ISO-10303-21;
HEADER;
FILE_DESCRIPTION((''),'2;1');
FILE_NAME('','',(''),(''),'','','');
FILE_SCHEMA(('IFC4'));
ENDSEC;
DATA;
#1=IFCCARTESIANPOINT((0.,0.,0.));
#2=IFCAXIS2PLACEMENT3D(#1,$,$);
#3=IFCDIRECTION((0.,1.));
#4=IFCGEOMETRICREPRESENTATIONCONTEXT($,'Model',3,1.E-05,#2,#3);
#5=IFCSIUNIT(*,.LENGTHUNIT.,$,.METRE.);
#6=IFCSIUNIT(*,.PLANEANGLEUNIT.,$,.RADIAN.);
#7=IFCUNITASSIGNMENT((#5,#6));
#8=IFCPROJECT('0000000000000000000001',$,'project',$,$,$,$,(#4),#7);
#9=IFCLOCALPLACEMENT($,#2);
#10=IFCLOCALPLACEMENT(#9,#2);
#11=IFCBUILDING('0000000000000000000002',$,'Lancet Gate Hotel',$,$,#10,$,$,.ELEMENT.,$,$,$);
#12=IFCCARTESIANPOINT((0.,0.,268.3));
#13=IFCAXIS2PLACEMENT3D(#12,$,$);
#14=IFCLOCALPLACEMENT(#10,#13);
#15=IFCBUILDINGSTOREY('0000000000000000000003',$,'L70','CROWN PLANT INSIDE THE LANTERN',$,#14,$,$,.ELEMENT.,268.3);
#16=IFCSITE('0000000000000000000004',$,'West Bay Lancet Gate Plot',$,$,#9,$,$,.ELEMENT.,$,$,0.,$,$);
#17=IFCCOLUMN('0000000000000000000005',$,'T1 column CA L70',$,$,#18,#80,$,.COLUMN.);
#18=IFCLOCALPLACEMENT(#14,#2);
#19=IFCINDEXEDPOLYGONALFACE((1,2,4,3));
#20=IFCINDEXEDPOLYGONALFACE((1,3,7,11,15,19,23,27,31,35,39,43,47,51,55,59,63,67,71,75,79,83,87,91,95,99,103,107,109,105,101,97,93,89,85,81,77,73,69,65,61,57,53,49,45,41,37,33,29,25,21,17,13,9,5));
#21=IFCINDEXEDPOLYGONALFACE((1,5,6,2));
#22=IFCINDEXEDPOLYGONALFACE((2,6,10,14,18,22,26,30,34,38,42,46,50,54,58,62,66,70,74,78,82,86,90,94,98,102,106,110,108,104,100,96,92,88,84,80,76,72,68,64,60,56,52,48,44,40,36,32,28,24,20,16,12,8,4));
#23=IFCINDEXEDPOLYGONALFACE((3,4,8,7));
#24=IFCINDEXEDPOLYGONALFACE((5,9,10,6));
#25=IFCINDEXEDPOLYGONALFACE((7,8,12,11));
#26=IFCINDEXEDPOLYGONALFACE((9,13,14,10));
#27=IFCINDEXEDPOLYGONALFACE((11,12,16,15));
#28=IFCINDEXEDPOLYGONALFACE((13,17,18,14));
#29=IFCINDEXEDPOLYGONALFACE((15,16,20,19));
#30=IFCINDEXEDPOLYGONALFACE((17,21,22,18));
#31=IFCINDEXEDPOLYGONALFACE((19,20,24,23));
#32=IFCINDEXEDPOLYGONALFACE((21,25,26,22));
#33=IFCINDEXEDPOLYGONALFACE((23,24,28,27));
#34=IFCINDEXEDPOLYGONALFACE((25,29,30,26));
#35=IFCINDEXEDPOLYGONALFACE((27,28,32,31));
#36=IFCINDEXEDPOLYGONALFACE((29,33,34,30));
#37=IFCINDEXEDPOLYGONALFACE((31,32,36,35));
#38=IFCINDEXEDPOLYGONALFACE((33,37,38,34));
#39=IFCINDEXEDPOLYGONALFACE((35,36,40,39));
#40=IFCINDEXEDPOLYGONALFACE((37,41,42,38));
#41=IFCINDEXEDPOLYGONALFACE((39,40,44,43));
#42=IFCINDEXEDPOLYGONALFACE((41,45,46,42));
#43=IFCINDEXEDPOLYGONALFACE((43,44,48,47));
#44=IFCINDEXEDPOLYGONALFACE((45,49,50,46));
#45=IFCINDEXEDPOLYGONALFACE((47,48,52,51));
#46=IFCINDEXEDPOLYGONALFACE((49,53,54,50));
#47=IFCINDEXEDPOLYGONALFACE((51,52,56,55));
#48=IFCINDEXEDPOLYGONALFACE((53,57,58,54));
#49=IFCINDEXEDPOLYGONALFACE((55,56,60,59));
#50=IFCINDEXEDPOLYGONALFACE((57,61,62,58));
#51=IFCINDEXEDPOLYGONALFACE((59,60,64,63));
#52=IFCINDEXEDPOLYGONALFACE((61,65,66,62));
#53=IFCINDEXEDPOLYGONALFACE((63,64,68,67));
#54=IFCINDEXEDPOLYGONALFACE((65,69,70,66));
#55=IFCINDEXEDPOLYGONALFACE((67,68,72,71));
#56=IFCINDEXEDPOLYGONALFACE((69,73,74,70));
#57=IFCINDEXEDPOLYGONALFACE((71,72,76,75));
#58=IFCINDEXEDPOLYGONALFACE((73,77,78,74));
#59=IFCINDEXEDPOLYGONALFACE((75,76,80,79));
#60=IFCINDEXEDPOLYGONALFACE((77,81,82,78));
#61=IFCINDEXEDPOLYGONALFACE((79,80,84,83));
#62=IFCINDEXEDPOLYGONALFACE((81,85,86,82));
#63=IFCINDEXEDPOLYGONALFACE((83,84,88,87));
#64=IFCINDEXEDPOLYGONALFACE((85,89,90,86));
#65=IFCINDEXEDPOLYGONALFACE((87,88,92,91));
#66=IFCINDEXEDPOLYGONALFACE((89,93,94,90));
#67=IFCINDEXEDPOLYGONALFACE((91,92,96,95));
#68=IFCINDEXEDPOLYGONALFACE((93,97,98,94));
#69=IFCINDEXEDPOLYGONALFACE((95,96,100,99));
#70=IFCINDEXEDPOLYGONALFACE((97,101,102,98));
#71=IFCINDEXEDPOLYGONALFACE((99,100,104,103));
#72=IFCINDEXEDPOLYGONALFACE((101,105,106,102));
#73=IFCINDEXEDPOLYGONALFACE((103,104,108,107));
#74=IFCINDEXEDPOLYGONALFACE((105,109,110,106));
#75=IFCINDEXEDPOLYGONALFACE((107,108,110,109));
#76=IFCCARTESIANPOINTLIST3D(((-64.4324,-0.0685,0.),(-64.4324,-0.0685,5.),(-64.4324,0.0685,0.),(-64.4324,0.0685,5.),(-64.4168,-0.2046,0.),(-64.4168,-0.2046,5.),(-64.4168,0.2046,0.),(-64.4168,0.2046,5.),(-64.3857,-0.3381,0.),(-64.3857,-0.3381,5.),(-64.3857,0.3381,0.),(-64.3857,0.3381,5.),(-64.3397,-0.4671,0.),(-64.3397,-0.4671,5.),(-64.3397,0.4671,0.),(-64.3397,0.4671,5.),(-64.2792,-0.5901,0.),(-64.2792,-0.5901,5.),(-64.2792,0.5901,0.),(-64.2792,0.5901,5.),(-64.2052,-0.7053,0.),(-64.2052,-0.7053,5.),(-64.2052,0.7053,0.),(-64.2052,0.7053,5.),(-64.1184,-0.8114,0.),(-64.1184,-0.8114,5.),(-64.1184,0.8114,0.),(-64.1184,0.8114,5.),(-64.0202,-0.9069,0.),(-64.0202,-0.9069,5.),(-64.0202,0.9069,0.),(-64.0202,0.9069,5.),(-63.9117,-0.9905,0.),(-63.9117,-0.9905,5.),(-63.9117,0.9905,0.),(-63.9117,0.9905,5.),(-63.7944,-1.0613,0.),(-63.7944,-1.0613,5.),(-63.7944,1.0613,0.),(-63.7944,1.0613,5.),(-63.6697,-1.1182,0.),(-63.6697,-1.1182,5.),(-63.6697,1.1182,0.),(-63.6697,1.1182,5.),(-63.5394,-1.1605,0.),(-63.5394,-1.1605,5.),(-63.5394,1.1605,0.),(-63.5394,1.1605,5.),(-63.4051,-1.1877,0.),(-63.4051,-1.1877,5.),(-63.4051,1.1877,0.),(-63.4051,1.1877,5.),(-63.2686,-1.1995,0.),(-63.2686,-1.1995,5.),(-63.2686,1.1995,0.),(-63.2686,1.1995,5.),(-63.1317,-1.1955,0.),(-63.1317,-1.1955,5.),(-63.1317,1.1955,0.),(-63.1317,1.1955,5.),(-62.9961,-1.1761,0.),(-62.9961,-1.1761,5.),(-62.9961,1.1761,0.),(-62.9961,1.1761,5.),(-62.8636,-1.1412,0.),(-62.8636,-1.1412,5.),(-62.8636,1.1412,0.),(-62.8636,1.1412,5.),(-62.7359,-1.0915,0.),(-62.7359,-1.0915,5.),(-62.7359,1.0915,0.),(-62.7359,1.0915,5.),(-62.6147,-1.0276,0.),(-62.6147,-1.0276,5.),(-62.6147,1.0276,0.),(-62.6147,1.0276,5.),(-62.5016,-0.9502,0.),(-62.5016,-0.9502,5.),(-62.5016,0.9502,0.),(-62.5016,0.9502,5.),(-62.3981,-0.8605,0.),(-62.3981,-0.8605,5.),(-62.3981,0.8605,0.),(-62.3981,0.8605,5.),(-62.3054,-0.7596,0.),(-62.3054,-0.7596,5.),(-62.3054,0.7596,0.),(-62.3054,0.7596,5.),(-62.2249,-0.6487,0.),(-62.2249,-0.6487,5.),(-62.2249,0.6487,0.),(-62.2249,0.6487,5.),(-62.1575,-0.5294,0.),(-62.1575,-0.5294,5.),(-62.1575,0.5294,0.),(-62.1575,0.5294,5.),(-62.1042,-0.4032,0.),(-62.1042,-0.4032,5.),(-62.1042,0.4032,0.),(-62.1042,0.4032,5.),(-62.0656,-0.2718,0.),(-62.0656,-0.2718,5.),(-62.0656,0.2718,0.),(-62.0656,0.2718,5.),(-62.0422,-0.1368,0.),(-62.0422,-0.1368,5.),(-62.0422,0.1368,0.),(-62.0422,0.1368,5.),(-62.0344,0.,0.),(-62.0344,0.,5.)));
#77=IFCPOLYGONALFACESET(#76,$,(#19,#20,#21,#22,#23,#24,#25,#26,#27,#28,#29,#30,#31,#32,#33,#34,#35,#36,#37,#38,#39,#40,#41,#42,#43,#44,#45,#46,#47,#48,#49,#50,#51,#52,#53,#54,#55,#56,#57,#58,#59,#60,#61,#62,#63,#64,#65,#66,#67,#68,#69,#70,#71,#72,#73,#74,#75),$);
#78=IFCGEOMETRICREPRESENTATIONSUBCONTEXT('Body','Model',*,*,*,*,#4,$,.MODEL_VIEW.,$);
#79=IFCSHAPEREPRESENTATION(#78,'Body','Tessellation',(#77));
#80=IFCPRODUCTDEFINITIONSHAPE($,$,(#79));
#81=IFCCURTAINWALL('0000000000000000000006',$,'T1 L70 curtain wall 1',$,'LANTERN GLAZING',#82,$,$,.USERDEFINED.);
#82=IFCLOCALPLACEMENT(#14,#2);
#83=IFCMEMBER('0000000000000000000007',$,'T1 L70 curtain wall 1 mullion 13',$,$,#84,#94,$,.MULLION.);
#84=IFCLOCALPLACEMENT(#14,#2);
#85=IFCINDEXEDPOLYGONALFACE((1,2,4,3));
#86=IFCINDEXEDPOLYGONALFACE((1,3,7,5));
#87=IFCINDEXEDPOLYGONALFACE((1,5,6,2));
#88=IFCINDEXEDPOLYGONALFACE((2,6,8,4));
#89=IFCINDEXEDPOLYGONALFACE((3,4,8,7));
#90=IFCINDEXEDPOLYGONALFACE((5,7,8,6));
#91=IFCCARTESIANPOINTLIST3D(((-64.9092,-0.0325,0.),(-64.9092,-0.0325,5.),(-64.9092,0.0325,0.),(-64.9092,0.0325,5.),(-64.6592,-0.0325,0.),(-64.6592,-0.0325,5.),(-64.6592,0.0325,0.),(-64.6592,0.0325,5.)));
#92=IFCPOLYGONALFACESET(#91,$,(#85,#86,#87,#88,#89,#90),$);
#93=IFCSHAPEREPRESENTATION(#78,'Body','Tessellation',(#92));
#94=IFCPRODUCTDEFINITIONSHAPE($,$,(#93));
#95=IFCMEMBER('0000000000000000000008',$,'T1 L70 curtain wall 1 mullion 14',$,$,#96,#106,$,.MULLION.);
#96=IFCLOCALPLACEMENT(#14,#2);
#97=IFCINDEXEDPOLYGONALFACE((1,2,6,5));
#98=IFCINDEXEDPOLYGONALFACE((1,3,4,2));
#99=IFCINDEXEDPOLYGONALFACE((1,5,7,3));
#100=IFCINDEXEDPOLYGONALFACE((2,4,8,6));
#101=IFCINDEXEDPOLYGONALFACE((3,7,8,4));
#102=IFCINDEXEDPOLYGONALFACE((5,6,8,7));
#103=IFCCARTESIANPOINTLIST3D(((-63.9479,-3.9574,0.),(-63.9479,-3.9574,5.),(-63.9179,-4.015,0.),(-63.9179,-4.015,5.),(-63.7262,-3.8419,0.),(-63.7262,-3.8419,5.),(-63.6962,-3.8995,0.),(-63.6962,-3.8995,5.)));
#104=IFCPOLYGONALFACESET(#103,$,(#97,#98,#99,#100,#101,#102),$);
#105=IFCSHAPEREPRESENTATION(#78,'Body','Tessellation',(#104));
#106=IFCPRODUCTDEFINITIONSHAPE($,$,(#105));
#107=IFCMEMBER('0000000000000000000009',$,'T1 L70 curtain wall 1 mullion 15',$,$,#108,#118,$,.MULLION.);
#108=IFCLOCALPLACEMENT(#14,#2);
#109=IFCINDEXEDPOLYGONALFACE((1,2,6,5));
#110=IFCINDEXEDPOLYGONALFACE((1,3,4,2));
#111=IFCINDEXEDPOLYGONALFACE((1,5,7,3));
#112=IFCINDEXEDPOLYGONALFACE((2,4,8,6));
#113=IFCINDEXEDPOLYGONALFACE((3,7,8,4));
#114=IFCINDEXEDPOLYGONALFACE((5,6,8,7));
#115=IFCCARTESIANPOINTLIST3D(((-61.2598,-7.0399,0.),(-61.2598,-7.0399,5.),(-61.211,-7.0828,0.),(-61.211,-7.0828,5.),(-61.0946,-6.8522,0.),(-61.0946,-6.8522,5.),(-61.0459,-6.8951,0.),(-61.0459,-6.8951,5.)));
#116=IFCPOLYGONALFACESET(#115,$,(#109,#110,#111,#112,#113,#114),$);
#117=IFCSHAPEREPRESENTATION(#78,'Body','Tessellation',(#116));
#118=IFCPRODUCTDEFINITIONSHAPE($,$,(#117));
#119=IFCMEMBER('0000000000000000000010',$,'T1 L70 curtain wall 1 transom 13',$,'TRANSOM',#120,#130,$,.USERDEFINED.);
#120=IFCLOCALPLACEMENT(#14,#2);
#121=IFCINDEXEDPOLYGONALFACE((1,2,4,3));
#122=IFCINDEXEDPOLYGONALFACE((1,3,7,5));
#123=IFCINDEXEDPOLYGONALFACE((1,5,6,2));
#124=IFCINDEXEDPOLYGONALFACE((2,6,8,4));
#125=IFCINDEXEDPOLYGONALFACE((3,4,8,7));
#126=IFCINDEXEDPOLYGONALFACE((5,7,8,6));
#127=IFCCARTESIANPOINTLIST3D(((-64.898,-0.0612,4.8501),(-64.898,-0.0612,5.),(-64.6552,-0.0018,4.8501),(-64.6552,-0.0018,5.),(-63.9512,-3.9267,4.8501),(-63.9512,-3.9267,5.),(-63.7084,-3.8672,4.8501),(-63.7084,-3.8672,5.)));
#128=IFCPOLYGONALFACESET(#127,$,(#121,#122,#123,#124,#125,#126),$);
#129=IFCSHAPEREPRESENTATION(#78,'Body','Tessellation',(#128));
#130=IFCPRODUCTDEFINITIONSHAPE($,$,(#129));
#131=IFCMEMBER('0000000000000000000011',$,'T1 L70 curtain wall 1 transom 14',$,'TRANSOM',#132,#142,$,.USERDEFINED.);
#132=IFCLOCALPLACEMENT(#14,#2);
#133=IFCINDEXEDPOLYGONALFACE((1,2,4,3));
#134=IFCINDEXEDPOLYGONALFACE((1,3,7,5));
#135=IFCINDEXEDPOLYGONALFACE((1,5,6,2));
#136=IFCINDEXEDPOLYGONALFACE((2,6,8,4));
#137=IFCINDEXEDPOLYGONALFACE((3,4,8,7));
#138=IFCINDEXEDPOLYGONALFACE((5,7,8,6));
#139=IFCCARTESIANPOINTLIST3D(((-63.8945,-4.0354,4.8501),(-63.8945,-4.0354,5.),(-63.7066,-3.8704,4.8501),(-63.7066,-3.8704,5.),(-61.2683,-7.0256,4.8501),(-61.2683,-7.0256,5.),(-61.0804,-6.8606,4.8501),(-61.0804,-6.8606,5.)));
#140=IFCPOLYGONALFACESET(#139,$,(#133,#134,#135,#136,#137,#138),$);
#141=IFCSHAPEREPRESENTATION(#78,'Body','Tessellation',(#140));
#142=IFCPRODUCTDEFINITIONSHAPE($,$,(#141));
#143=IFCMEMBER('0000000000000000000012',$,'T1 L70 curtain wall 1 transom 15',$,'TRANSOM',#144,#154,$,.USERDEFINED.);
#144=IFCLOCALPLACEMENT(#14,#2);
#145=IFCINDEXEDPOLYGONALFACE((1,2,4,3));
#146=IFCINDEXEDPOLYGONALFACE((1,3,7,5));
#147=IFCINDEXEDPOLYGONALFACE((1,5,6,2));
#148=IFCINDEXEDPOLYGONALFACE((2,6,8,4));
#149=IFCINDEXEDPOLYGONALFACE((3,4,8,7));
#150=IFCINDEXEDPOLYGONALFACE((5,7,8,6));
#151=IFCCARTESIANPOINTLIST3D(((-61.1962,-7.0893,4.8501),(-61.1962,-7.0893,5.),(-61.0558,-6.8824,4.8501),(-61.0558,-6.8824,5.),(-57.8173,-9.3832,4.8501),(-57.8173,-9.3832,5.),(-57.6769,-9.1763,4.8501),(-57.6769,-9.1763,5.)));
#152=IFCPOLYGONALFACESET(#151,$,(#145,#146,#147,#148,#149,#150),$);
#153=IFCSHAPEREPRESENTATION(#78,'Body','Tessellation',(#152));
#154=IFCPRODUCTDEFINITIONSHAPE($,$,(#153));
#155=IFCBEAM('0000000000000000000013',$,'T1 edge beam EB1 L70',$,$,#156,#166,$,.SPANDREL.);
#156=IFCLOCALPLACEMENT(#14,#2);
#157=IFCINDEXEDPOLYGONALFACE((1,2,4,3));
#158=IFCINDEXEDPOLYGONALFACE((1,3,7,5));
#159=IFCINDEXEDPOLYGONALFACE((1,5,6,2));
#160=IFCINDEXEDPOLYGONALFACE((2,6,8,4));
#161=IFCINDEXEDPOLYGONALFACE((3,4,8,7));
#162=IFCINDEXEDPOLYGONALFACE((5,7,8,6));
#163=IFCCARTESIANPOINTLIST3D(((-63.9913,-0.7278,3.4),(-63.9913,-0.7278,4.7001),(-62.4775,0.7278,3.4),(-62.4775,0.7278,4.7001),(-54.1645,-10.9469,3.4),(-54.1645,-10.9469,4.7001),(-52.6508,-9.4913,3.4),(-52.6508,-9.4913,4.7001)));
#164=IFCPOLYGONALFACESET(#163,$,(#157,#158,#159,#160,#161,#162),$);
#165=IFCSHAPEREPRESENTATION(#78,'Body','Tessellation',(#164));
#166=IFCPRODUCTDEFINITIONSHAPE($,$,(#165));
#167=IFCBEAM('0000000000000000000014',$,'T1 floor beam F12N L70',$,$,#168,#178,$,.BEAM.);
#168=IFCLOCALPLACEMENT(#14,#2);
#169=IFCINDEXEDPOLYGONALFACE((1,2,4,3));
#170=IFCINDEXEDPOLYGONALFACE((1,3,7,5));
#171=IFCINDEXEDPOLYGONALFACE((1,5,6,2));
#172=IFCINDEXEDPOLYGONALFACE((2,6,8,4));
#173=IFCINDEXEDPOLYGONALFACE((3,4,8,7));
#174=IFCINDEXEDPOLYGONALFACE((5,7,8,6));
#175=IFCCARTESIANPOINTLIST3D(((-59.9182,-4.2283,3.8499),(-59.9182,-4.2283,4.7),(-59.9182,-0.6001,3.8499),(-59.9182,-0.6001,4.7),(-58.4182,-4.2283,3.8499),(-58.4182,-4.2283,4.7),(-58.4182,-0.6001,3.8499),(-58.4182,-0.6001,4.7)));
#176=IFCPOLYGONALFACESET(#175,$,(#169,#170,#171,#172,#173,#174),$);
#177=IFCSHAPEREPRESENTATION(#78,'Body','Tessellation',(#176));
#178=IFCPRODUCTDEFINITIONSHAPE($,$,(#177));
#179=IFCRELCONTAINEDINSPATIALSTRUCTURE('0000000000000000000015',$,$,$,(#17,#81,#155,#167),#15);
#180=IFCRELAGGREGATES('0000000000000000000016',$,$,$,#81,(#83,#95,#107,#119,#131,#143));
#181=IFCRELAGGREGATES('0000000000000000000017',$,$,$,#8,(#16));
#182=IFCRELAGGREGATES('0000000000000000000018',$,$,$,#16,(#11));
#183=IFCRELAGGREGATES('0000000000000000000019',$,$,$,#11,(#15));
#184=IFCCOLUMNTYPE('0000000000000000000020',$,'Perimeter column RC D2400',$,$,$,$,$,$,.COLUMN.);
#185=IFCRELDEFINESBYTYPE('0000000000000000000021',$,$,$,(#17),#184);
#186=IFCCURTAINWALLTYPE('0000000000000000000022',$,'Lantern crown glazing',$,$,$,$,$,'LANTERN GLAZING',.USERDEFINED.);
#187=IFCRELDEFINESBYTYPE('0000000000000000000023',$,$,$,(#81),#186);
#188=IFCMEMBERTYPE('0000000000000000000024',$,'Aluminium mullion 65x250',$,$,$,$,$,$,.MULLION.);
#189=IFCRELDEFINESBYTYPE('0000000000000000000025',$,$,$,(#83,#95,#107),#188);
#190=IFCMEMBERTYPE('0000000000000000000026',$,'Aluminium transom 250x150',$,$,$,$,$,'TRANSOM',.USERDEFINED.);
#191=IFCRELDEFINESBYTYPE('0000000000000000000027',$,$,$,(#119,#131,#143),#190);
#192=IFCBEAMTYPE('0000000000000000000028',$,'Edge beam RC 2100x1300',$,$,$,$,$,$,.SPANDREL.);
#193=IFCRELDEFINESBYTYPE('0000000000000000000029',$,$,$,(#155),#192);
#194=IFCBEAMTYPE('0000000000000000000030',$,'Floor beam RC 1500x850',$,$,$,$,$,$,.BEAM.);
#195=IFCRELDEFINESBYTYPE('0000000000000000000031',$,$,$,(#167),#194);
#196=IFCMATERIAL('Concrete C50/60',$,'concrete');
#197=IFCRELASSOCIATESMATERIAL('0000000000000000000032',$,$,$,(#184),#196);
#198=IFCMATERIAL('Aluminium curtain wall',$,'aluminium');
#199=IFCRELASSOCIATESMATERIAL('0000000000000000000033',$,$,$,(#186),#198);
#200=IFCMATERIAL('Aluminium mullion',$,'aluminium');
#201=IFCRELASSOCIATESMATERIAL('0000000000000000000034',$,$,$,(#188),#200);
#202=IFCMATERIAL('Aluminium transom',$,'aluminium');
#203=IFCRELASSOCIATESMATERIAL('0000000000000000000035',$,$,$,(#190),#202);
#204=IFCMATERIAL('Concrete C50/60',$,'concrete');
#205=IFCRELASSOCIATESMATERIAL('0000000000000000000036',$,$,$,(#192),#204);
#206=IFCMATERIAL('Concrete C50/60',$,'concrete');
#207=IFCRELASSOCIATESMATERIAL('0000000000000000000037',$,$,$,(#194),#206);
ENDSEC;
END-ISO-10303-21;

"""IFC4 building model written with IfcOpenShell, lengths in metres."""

from ifc_helpers import new_model, si_unit, direction, frame, origin, origin_2d, place, context, subcontext, project, spatial, rectangle, circle, extrude, material, material_profile, profile_set, type_object, element, aggregate, save


model = new_model("IFC4")

# Units and contexts
model_context = context("Model", 3, precision=1e-05, world=origin(), true_north=direction((0.0, 1.0)))
body_context = subcontext(model_context, "Body", "Model", "MODEL_VIEW")
ifc_project = project(units=[si_unit("LENGTHUNIT", "METRE"), si_unit("PLANEANGLEUNIT", "RADIAN")], contexts=[model_context])

# Site, building, storey
site_placement = place(None, origin())
site = spatial("IfcSite", under=ifc_project, at=site_placement, Name="West Bay Lancet Gate Plot", CompositionType="ELEMENT", RefElevation=0.0)
building_placement = place(site_placement, origin())
building = spatial("IfcBuilding", under=site, at=building_placement, Name="Lancet Gate Hotel", CompositionType="ELEMENT")
storey_placement = place(building_placement, frame((0.0, 0.0, 268.3)))
storey = spatial("IfcBuildingStorey", under=building, at=storey_placement, Name="L70", Description="CROWN PLANT INSIDE THE LANTERN", CompositionType="ELEMENT", Elevation=268.3)

# Column
ifc_material_1 = material(Name="Concrete C50/60", Category="concrete")
ifc_material_profile_1 = material_profile(ifc_material_1, circle(Radius=1.2, at=origin_2d()), Name="RC D2400")
ifc_profile_set_1 = profile_set([ifc_material_profile_1], Name="Concrete C50/60")
column_type = type_object("IfcColumnType", Name="Perimeter column RC D2400", PredefinedType="COLUMN", material=ifc_profile_set_1)
column_placement = place(storey_placement, frame((-63.2344, 0.0, 0.0), z_axis=(0.0, 0.0, 1.0), x_axis=(1.0, 0.0, 0.0)))
element("IfcColumn", 1, at=column_placement, inside=storey, type_object=column_type, Name="T1 column CA L70", PredefinedType="COLUMN", context=body_context, shape_type="SweptSolid", body=[
    extrude(circle(Radius=1.2, at=origin_2d()), origin(), (0.0, 0.0, 1.0), 5.0),
])

# Curtain wall, members
ifc_material_2 = material(Name="Aluminium curtain wall", Category="aluminium")
curtain_wall_type_1 = type_object("IfcCurtainWallType", Name="Lantern crown glazing", ElementType="LANTERN GLAZING", PredefinedType="USERDEFINED", material=ifc_material_2)
curtain_wall_1_placement = place(storey_placement, origin())
curtain_wall_1 = element("IfcCurtainWall", 2, at=curtain_wall_1_placement, inside=storey, type_object=curtain_wall_type_1, Name="T1 L70 curtain wall 1", ObjectType="LANTERN GLAZING", PredefinedType="USERDEFINED")
ifc_material_3 = material(Name="Aluminium mullion", Category="aluminium")
ifc_material_profile_2 = material_profile(ifc_material_3, rectangle(XDim=0.0649, YDim=0.25, at=origin_2d()), Name="MULLION 65x250")
ifc_profile_set_2 = profile_set([ifc_material_profile_2], Name="Aluminium mullion")
member_type_1 = type_object("IfcMemberType", Name="Aluminium mullion 65x250", PredefinedType="MULLION", material=ifc_profile_set_2)
member_1_placement = place(storey_placement, frame((-64.7842, 0.0, 0.0), z_axis=(0.0, 0.0, 1.0), x_axis=(0.0, -1.0, 0.0)))
member_1 = element("IfcMember", 3, at=member_1_placement, type_object=member_type_1, Name="T1 L70 curtain wall 1 mullion 13", PredefinedType="MULLION", context=body_context, shape_type="SweptSolid", body=[
    extrude(rectangle(XDim=0.0649, YDim=0.25, at=origin_2d()), origin(), (0.0, 0.0, 1.0), 5.0),
])
member_2_placement = place(storey_placement, frame((-63.822, -3.9285, 0.0), z_axis=(0.0, 0.0, 1.0), x_axis=(0.462178, -0.886787, 0.0)))
member_2 = element("IfcMember", 4, at=member_2_placement, type_object=member_type_1, Name="T1 L70 curtain wall 1 mullion 14", PredefinedType="MULLION", context=body_context, shape_type="SweptSolid", body=[
    extrude(rectangle(XDim=0.0649, YDim=0.25, at=origin_2d()), origin(), (0.0, 0.0, 1.0), 5.0),
])
member_3_placement = place(storey_placement, frame((-61.1528, -6.9675, 0.0), z_axis=(0.0, 0.0, 1.0), x_axis=(0.750716, -0.660626, 0.0)))
member_3 = element("IfcMember", 5, at=member_3_placement, type_object=member_type_1, Name="T1 L70 curtain wall 1 mullion 15", PredefinedType="MULLION", context=body_context, shape_type="SweptSolid", body=[
    extrude(rectangle(XDim=0.0649, YDim=0.25, at=origin_2d()), origin(), (0.0, 0.0, 1.0), 5.0),
])
ifc_material_4 = material(Name="Aluminium transom", Category="aluminium")
ifc_material_profile_3 = material_profile(ifc_material_4, rectangle(XDim=0.25, YDim=0.1499, at=origin_2d()), Name="TRANSOM 250x150")
ifc_profile_set_3 = profile_set([ifc_material_profile_3], Name="Aluminium transom")
member_type_2 = type_object("IfcMemberType", Name="Aluminium transom 250x150", ElementType="TRANSOM", PredefinedType="USERDEFINED", material=ifc_profile_set_3)
member_4_placement = place(storey_placement, frame((-64.7766, -0.0315, 4.925), z_axis=(0.237899, -0.97129, 0.0), x_axis=(0.97129, 0.237899, 0.0)))
member_4 = element("IfcMember", 6, at=member_4_placement, type_object=member_type_2, Name="T1 L70 curtain wall 1 transom 13", ObjectType="TRANSOM", PredefinedType="USERDEFINED", context=body_context, shape_type="SweptSolid", body=[
    extrude(rectangle(XDim=0.25, YDim=0.1499, at=origin_2d()), origin(), (0.0, 0.0, 1.0), 3.9797),
])
member_5_placement = place(storey_placement, frame((-63.8005, -3.9529, 4.925), z_axis=(0.659893, -0.751359, 0.0), x_axis=(0.751359, 0.659893, 0.0)))
member_5 = element("IfcMember", 7, at=member_5_placement, type_object=member_type_2, Name="T1 L70 curtain wall 1 transom 14", ObjectType="TRANSOM", PredefinedType="USERDEFINED", context=body_context, shape_type="SweptSolid", body=[
    extrude(rectangle(XDim=0.25, YDim=0.1499, at=origin_2d()), origin(), (0.0, 0.0, 1.0), 3.9797),
])
member_6_placement = place(storey_placement, frame((-61.126, -6.9858, 4.925), z_axis=(0.827349, -0.561689, 0.0), x_axis=(0.561689, 0.827349, 0.0)))
member_6 = element("IfcMember", 8, at=member_6_placement, type_object=member_type_2, Name="T1 L70 curtain wall 1 transom 15", ObjectType="TRANSOM", PredefinedType="USERDEFINED", context=body_context, shape_type="SweptSolid", body=[
    extrude(rectangle(XDim=0.25, YDim=0.1499, at=origin_2d()), origin(), (0.0, 0.0, 1.0), 4.084),
])

# Beams
ifc_material_5 = material(Name="Concrete C50/60", Category="concrete")
ifc_material_profile_4 = material_profile(ifc_material_5, rectangle(XDim=2.1001, YDim=1.3, at=origin_2d()), Name="RC 2100x1300")
ifc_profile_set_4 = profile_set([ifc_material_profile_4], Name="Concrete C50/60")
beam_type_1 = type_object("IfcBeamType", Name="Edge beam RC 2100x1300", PredefinedType="SPANDREL", material=ifc_profile_set_4)
beam_1_placement = place(storey_placement, frame((-63.2344, 0.0, 4.05), z_axis=(0.693135, -0.720808, 0.0), x_axis=(0.720808, 0.693135, 0.0)))
element("IfcBeam", 9, at=beam_1_placement, inside=storey, type_object=beam_type_1, Name="T1 edge beam EB1 L70", PredefinedType="SPANDREL", context=body_context, shape_type="SweptSolid", body=[
    extrude(rectangle(XDim=2.1001, YDim=1.3, at=origin_2d()), origin(), (0.0, 0.0, 1.0), 14.1772),
])
ifc_material_6 = material(Name="Concrete C50/60", Category="concrete")
ifc_material_profile_5 = material_profile(ifc_material_6, rectangle(XDim=1.5, YDim=0.8501, at=origin_2d()), Name="RC 1500x850")
ifc_profile_set_5 = profile_set([ifc_material_profile_5], Name="Concrete C50/60")
beam_type_2 = type_object("IfcBeamType", Name="Floor beam RC 1500x850", PredefinedType="BEAM", material=ifc_profile_set_5)
beam_2_placement = place(storey_placement, frame((-59.1682, -0.6001, 4.2749), z_axis=(0.0, -1.0, 0.0), x_axis=(1.0, 0.0, 0.0)))
element("IfcBeam", 10, at=beam_2_placement, inside=storey, type_object=beam_type_2, Name="T1 floor beam F12N L70", PredefinedType="BEAM", context=body_context, shape_type="SweptSolid", body=[
    extrude(rectangle(XDim=1.5, YDim=0.8501, at=origin_2d()), origin(), (0.0, 0.0, 1.0), 3.6282),
])

aggregate(curtain_wall_1, [member_1, member_2, member_3, member_4, member_5, member_6])

save(model, "model.ifc")
